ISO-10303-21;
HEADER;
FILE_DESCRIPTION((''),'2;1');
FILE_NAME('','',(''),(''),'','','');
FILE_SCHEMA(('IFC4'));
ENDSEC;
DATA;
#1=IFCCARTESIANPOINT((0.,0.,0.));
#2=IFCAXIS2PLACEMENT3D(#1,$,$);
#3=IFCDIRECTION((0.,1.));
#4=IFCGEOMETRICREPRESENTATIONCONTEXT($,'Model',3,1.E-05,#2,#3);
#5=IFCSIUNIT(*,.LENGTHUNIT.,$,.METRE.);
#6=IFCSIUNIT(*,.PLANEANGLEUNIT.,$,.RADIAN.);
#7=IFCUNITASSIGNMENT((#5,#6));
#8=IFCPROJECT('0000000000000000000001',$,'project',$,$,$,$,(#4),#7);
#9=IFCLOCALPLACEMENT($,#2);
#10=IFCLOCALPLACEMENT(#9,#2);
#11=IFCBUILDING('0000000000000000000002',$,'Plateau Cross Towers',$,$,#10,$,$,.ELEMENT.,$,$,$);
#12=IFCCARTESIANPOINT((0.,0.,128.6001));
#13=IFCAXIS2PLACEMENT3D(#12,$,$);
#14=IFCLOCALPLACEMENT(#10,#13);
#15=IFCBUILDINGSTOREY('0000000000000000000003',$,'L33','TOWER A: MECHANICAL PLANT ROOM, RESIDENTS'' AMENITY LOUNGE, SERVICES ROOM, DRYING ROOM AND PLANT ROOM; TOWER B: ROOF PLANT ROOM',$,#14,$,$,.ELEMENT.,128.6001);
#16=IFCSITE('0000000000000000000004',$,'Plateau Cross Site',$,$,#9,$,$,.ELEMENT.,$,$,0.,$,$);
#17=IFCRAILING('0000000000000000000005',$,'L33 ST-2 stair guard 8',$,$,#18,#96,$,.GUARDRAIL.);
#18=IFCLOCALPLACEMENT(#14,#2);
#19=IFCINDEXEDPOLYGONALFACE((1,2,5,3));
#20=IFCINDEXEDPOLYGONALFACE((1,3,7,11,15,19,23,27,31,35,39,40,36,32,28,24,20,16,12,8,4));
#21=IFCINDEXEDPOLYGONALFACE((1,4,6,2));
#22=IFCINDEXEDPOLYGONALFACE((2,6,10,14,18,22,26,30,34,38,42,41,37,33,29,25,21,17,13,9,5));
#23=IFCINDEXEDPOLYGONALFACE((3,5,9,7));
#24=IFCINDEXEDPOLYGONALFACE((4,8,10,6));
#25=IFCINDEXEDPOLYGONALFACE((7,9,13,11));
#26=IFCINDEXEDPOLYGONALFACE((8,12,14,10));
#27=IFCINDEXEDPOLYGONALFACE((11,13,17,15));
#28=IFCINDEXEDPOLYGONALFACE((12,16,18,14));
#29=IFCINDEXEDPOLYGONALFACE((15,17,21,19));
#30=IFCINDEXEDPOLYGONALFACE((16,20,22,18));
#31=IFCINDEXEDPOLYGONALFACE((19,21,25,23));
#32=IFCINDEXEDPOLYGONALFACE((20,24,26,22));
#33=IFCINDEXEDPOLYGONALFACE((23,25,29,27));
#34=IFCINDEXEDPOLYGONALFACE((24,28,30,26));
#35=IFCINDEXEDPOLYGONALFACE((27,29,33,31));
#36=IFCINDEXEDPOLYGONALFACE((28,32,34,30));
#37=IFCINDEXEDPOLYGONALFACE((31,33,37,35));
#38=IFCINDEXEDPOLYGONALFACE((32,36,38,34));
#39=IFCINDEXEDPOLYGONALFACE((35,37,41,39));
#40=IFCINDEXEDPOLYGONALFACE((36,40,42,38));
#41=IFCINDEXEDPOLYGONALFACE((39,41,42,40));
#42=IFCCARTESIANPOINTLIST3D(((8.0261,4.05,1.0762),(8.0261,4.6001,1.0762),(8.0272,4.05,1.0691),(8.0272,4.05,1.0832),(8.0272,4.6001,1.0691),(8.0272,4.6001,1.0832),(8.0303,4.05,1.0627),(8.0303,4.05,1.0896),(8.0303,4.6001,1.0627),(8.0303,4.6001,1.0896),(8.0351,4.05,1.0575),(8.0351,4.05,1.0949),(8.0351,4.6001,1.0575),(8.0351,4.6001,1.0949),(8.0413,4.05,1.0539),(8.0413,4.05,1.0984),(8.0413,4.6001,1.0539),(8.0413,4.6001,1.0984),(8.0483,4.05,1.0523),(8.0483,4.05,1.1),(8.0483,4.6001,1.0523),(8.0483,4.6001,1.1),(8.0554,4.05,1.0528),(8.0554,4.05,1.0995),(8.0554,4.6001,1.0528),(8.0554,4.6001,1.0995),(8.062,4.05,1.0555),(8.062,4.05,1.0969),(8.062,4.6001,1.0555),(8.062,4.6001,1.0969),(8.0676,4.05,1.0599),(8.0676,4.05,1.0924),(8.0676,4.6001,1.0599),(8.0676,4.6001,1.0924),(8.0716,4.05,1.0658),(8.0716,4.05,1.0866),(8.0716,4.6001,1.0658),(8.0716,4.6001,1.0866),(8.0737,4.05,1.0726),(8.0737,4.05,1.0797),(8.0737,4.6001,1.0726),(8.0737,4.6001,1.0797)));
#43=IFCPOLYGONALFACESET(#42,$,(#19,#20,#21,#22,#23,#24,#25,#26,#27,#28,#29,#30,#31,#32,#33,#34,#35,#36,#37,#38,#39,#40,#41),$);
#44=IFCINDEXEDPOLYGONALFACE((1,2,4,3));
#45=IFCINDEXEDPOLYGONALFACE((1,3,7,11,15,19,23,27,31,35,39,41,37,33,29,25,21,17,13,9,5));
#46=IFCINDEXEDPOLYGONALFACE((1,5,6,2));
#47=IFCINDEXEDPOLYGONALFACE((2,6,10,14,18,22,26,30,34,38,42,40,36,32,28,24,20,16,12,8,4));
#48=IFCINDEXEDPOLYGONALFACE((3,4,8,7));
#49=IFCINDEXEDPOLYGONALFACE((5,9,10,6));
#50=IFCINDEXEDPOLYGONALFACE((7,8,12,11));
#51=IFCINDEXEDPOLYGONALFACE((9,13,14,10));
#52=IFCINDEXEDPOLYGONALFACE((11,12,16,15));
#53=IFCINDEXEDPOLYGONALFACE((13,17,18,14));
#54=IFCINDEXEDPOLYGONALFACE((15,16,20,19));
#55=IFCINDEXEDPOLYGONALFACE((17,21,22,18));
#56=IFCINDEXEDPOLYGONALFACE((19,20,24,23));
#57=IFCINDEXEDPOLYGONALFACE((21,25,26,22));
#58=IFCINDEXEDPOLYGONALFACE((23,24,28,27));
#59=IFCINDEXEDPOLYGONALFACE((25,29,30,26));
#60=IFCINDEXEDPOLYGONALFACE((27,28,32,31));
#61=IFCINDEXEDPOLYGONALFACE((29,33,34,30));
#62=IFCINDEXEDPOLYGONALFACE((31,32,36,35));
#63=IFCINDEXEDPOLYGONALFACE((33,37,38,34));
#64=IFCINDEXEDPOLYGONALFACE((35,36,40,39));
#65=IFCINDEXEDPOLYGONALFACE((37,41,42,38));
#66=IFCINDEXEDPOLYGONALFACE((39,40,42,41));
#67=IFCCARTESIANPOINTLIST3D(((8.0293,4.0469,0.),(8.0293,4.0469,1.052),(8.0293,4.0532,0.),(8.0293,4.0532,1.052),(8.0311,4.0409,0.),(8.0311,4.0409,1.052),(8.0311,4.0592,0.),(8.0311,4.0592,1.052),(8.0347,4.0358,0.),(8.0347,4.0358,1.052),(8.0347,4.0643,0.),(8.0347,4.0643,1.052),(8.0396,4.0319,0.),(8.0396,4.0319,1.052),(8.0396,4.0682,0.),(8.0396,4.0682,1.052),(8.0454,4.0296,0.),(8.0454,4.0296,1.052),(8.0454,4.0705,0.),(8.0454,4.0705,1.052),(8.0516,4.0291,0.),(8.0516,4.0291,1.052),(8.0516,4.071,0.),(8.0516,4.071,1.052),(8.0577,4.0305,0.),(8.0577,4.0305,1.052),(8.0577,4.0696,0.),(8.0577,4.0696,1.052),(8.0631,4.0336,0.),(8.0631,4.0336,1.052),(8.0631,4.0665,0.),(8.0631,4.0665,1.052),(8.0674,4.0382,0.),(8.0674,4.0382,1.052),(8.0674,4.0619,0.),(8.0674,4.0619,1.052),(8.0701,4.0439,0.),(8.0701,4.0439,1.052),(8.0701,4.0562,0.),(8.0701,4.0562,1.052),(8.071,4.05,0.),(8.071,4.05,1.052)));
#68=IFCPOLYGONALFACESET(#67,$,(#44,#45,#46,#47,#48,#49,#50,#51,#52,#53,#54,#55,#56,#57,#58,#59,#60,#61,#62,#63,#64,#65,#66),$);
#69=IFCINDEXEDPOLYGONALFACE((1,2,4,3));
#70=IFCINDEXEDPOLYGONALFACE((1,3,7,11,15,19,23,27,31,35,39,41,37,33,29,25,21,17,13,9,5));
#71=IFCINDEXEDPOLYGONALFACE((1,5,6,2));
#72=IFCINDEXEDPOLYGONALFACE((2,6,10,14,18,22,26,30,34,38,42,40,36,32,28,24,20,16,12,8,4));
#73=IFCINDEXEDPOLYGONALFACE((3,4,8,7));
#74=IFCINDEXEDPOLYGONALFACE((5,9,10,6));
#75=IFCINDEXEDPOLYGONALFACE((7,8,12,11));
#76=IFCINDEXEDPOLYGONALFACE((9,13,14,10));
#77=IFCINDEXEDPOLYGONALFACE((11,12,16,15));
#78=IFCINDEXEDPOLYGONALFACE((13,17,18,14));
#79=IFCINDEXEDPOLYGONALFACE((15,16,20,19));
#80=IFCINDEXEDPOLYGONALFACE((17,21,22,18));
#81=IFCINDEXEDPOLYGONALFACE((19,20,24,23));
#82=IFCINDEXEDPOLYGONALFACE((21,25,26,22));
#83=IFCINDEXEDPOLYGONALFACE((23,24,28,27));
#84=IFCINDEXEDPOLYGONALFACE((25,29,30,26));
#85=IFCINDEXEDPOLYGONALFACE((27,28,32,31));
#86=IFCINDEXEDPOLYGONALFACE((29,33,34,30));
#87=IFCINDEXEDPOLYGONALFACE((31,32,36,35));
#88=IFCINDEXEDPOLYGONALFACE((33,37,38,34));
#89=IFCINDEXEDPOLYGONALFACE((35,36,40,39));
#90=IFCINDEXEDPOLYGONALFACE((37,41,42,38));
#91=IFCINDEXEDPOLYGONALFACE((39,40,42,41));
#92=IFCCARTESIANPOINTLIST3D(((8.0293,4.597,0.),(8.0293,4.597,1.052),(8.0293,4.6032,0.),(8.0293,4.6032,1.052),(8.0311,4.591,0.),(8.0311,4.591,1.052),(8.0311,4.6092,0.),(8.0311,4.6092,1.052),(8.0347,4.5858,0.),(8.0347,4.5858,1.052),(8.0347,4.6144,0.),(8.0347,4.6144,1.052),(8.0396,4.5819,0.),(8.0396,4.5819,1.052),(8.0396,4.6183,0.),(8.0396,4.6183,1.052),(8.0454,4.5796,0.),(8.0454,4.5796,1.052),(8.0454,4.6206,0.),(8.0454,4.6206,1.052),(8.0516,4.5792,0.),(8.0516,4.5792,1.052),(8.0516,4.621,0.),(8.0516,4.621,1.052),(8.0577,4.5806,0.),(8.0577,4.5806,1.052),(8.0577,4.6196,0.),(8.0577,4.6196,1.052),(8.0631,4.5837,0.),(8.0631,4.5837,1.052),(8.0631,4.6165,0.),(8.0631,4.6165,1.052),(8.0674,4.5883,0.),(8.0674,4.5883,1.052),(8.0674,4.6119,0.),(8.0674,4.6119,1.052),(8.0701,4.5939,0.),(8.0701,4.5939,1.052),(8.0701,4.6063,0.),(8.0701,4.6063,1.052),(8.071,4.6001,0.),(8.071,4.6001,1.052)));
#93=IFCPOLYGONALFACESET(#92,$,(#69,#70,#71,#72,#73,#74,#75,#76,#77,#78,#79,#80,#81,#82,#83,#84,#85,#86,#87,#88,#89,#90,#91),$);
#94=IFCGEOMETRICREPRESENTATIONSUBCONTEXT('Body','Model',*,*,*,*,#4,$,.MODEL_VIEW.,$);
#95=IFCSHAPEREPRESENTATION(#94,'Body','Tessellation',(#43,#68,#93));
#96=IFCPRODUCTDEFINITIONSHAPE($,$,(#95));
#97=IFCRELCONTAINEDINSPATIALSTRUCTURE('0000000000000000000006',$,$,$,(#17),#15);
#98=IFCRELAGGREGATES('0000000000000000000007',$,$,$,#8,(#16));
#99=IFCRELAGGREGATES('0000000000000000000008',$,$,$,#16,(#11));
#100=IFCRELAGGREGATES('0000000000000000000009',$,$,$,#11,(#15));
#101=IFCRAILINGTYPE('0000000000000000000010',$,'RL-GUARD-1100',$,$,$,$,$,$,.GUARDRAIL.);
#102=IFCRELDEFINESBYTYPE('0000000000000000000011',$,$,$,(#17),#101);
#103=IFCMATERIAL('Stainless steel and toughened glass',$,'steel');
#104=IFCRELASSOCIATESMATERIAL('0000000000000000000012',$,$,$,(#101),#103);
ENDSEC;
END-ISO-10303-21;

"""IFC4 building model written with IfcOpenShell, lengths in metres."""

from ifc_helpers import new_model, si_unit, direction, frame, origin, origin_2d, place, context, subcontext, project, spatial, circle, extrude, material, type_object, element, save


model = new_model("IFC4")

# Units and contexts
model_context = context("Model", 3, precision=1e-05, world=origin(), true_north=direction((0.0, 1.0)))
body_context = subcontext(model_context, "Body", "Model", "MODEL_VIEW")
ifc_project = project(units=[si_unit("LENGTHUNIT", "METRE"), si_unit("PLANEANGLEUNIT", "RADIAN")], contexts=[model_context])

# Site, building, storey
site_placement = place(None, origin())
site = spatial("IfcSite", under=ifc_project, at=site_placement, Name="Plateau Cross Site", CompositionType="ELEMENT", RefElevation=0.0)
building_placement = place(site_placement, origin())
building = spatial("IfcBuilding", under=site, at=building_placement, Name="Plateau Cross Towers", CompositionType="ELEMENT")
storey_placement = place(building_placement, frame((0.0, 0.0, 128.6001)))
storey = spatial("IfcBuildingStorey", under=building, at=storey_placement, Name="L33", Description="TOWER A: MECHANICAL PLANT ROOM, RESIDENTS' AMENITY LOUNGE, SERVICES ROOM, DRYING ROOM AND PLANT ROOM; TOWER B: ROOF PLANT ROOM", CompositionType="ELEMENT", Elevation=128.6001)

# Railing
ifc_material_1 = material(Name="Stainless steel and toughened glass", Category="steel")
railing_type_1 = type_object("IfcRailingType", Name="RL-GUARD-1100", PredefinedType="GUARDRAIL", material=ifc_material_1)
for number, where, name in (
    (1, (8.05, 4.05, 0.0), "L33 ST-2 stair guard 8"),
):
    element("IfcRailing", number, at=place(storey_placement, frame(where)), inside=storey, type_object=railing_type_1, Name=name, PredefinedType="GUARDRAIL", context=body_context, shape_type="SweptSolid", body=[
        extrude(circle(Radius=0.0239, at=origin_2d()), frame((0.0, 0.0, 1.0762), z_axis=(0.0, 1.0, 0.0), x_axis=(-1.0, 0.0, 0.0)), (0.0, 0.0, 1.0), 0.55),
        extrude(circle(Radius=0.021, at=origin_2d()), origin(), (0.0, 0.0, 1.0), 1.052),
        extrude(circle(Radius=0.021, at=origin_2d()), frame((0.0, 0.55, 0.0)), (0.0, 0.0, 1.0), 1.052),
    ])

save(model, "model.ifc")
